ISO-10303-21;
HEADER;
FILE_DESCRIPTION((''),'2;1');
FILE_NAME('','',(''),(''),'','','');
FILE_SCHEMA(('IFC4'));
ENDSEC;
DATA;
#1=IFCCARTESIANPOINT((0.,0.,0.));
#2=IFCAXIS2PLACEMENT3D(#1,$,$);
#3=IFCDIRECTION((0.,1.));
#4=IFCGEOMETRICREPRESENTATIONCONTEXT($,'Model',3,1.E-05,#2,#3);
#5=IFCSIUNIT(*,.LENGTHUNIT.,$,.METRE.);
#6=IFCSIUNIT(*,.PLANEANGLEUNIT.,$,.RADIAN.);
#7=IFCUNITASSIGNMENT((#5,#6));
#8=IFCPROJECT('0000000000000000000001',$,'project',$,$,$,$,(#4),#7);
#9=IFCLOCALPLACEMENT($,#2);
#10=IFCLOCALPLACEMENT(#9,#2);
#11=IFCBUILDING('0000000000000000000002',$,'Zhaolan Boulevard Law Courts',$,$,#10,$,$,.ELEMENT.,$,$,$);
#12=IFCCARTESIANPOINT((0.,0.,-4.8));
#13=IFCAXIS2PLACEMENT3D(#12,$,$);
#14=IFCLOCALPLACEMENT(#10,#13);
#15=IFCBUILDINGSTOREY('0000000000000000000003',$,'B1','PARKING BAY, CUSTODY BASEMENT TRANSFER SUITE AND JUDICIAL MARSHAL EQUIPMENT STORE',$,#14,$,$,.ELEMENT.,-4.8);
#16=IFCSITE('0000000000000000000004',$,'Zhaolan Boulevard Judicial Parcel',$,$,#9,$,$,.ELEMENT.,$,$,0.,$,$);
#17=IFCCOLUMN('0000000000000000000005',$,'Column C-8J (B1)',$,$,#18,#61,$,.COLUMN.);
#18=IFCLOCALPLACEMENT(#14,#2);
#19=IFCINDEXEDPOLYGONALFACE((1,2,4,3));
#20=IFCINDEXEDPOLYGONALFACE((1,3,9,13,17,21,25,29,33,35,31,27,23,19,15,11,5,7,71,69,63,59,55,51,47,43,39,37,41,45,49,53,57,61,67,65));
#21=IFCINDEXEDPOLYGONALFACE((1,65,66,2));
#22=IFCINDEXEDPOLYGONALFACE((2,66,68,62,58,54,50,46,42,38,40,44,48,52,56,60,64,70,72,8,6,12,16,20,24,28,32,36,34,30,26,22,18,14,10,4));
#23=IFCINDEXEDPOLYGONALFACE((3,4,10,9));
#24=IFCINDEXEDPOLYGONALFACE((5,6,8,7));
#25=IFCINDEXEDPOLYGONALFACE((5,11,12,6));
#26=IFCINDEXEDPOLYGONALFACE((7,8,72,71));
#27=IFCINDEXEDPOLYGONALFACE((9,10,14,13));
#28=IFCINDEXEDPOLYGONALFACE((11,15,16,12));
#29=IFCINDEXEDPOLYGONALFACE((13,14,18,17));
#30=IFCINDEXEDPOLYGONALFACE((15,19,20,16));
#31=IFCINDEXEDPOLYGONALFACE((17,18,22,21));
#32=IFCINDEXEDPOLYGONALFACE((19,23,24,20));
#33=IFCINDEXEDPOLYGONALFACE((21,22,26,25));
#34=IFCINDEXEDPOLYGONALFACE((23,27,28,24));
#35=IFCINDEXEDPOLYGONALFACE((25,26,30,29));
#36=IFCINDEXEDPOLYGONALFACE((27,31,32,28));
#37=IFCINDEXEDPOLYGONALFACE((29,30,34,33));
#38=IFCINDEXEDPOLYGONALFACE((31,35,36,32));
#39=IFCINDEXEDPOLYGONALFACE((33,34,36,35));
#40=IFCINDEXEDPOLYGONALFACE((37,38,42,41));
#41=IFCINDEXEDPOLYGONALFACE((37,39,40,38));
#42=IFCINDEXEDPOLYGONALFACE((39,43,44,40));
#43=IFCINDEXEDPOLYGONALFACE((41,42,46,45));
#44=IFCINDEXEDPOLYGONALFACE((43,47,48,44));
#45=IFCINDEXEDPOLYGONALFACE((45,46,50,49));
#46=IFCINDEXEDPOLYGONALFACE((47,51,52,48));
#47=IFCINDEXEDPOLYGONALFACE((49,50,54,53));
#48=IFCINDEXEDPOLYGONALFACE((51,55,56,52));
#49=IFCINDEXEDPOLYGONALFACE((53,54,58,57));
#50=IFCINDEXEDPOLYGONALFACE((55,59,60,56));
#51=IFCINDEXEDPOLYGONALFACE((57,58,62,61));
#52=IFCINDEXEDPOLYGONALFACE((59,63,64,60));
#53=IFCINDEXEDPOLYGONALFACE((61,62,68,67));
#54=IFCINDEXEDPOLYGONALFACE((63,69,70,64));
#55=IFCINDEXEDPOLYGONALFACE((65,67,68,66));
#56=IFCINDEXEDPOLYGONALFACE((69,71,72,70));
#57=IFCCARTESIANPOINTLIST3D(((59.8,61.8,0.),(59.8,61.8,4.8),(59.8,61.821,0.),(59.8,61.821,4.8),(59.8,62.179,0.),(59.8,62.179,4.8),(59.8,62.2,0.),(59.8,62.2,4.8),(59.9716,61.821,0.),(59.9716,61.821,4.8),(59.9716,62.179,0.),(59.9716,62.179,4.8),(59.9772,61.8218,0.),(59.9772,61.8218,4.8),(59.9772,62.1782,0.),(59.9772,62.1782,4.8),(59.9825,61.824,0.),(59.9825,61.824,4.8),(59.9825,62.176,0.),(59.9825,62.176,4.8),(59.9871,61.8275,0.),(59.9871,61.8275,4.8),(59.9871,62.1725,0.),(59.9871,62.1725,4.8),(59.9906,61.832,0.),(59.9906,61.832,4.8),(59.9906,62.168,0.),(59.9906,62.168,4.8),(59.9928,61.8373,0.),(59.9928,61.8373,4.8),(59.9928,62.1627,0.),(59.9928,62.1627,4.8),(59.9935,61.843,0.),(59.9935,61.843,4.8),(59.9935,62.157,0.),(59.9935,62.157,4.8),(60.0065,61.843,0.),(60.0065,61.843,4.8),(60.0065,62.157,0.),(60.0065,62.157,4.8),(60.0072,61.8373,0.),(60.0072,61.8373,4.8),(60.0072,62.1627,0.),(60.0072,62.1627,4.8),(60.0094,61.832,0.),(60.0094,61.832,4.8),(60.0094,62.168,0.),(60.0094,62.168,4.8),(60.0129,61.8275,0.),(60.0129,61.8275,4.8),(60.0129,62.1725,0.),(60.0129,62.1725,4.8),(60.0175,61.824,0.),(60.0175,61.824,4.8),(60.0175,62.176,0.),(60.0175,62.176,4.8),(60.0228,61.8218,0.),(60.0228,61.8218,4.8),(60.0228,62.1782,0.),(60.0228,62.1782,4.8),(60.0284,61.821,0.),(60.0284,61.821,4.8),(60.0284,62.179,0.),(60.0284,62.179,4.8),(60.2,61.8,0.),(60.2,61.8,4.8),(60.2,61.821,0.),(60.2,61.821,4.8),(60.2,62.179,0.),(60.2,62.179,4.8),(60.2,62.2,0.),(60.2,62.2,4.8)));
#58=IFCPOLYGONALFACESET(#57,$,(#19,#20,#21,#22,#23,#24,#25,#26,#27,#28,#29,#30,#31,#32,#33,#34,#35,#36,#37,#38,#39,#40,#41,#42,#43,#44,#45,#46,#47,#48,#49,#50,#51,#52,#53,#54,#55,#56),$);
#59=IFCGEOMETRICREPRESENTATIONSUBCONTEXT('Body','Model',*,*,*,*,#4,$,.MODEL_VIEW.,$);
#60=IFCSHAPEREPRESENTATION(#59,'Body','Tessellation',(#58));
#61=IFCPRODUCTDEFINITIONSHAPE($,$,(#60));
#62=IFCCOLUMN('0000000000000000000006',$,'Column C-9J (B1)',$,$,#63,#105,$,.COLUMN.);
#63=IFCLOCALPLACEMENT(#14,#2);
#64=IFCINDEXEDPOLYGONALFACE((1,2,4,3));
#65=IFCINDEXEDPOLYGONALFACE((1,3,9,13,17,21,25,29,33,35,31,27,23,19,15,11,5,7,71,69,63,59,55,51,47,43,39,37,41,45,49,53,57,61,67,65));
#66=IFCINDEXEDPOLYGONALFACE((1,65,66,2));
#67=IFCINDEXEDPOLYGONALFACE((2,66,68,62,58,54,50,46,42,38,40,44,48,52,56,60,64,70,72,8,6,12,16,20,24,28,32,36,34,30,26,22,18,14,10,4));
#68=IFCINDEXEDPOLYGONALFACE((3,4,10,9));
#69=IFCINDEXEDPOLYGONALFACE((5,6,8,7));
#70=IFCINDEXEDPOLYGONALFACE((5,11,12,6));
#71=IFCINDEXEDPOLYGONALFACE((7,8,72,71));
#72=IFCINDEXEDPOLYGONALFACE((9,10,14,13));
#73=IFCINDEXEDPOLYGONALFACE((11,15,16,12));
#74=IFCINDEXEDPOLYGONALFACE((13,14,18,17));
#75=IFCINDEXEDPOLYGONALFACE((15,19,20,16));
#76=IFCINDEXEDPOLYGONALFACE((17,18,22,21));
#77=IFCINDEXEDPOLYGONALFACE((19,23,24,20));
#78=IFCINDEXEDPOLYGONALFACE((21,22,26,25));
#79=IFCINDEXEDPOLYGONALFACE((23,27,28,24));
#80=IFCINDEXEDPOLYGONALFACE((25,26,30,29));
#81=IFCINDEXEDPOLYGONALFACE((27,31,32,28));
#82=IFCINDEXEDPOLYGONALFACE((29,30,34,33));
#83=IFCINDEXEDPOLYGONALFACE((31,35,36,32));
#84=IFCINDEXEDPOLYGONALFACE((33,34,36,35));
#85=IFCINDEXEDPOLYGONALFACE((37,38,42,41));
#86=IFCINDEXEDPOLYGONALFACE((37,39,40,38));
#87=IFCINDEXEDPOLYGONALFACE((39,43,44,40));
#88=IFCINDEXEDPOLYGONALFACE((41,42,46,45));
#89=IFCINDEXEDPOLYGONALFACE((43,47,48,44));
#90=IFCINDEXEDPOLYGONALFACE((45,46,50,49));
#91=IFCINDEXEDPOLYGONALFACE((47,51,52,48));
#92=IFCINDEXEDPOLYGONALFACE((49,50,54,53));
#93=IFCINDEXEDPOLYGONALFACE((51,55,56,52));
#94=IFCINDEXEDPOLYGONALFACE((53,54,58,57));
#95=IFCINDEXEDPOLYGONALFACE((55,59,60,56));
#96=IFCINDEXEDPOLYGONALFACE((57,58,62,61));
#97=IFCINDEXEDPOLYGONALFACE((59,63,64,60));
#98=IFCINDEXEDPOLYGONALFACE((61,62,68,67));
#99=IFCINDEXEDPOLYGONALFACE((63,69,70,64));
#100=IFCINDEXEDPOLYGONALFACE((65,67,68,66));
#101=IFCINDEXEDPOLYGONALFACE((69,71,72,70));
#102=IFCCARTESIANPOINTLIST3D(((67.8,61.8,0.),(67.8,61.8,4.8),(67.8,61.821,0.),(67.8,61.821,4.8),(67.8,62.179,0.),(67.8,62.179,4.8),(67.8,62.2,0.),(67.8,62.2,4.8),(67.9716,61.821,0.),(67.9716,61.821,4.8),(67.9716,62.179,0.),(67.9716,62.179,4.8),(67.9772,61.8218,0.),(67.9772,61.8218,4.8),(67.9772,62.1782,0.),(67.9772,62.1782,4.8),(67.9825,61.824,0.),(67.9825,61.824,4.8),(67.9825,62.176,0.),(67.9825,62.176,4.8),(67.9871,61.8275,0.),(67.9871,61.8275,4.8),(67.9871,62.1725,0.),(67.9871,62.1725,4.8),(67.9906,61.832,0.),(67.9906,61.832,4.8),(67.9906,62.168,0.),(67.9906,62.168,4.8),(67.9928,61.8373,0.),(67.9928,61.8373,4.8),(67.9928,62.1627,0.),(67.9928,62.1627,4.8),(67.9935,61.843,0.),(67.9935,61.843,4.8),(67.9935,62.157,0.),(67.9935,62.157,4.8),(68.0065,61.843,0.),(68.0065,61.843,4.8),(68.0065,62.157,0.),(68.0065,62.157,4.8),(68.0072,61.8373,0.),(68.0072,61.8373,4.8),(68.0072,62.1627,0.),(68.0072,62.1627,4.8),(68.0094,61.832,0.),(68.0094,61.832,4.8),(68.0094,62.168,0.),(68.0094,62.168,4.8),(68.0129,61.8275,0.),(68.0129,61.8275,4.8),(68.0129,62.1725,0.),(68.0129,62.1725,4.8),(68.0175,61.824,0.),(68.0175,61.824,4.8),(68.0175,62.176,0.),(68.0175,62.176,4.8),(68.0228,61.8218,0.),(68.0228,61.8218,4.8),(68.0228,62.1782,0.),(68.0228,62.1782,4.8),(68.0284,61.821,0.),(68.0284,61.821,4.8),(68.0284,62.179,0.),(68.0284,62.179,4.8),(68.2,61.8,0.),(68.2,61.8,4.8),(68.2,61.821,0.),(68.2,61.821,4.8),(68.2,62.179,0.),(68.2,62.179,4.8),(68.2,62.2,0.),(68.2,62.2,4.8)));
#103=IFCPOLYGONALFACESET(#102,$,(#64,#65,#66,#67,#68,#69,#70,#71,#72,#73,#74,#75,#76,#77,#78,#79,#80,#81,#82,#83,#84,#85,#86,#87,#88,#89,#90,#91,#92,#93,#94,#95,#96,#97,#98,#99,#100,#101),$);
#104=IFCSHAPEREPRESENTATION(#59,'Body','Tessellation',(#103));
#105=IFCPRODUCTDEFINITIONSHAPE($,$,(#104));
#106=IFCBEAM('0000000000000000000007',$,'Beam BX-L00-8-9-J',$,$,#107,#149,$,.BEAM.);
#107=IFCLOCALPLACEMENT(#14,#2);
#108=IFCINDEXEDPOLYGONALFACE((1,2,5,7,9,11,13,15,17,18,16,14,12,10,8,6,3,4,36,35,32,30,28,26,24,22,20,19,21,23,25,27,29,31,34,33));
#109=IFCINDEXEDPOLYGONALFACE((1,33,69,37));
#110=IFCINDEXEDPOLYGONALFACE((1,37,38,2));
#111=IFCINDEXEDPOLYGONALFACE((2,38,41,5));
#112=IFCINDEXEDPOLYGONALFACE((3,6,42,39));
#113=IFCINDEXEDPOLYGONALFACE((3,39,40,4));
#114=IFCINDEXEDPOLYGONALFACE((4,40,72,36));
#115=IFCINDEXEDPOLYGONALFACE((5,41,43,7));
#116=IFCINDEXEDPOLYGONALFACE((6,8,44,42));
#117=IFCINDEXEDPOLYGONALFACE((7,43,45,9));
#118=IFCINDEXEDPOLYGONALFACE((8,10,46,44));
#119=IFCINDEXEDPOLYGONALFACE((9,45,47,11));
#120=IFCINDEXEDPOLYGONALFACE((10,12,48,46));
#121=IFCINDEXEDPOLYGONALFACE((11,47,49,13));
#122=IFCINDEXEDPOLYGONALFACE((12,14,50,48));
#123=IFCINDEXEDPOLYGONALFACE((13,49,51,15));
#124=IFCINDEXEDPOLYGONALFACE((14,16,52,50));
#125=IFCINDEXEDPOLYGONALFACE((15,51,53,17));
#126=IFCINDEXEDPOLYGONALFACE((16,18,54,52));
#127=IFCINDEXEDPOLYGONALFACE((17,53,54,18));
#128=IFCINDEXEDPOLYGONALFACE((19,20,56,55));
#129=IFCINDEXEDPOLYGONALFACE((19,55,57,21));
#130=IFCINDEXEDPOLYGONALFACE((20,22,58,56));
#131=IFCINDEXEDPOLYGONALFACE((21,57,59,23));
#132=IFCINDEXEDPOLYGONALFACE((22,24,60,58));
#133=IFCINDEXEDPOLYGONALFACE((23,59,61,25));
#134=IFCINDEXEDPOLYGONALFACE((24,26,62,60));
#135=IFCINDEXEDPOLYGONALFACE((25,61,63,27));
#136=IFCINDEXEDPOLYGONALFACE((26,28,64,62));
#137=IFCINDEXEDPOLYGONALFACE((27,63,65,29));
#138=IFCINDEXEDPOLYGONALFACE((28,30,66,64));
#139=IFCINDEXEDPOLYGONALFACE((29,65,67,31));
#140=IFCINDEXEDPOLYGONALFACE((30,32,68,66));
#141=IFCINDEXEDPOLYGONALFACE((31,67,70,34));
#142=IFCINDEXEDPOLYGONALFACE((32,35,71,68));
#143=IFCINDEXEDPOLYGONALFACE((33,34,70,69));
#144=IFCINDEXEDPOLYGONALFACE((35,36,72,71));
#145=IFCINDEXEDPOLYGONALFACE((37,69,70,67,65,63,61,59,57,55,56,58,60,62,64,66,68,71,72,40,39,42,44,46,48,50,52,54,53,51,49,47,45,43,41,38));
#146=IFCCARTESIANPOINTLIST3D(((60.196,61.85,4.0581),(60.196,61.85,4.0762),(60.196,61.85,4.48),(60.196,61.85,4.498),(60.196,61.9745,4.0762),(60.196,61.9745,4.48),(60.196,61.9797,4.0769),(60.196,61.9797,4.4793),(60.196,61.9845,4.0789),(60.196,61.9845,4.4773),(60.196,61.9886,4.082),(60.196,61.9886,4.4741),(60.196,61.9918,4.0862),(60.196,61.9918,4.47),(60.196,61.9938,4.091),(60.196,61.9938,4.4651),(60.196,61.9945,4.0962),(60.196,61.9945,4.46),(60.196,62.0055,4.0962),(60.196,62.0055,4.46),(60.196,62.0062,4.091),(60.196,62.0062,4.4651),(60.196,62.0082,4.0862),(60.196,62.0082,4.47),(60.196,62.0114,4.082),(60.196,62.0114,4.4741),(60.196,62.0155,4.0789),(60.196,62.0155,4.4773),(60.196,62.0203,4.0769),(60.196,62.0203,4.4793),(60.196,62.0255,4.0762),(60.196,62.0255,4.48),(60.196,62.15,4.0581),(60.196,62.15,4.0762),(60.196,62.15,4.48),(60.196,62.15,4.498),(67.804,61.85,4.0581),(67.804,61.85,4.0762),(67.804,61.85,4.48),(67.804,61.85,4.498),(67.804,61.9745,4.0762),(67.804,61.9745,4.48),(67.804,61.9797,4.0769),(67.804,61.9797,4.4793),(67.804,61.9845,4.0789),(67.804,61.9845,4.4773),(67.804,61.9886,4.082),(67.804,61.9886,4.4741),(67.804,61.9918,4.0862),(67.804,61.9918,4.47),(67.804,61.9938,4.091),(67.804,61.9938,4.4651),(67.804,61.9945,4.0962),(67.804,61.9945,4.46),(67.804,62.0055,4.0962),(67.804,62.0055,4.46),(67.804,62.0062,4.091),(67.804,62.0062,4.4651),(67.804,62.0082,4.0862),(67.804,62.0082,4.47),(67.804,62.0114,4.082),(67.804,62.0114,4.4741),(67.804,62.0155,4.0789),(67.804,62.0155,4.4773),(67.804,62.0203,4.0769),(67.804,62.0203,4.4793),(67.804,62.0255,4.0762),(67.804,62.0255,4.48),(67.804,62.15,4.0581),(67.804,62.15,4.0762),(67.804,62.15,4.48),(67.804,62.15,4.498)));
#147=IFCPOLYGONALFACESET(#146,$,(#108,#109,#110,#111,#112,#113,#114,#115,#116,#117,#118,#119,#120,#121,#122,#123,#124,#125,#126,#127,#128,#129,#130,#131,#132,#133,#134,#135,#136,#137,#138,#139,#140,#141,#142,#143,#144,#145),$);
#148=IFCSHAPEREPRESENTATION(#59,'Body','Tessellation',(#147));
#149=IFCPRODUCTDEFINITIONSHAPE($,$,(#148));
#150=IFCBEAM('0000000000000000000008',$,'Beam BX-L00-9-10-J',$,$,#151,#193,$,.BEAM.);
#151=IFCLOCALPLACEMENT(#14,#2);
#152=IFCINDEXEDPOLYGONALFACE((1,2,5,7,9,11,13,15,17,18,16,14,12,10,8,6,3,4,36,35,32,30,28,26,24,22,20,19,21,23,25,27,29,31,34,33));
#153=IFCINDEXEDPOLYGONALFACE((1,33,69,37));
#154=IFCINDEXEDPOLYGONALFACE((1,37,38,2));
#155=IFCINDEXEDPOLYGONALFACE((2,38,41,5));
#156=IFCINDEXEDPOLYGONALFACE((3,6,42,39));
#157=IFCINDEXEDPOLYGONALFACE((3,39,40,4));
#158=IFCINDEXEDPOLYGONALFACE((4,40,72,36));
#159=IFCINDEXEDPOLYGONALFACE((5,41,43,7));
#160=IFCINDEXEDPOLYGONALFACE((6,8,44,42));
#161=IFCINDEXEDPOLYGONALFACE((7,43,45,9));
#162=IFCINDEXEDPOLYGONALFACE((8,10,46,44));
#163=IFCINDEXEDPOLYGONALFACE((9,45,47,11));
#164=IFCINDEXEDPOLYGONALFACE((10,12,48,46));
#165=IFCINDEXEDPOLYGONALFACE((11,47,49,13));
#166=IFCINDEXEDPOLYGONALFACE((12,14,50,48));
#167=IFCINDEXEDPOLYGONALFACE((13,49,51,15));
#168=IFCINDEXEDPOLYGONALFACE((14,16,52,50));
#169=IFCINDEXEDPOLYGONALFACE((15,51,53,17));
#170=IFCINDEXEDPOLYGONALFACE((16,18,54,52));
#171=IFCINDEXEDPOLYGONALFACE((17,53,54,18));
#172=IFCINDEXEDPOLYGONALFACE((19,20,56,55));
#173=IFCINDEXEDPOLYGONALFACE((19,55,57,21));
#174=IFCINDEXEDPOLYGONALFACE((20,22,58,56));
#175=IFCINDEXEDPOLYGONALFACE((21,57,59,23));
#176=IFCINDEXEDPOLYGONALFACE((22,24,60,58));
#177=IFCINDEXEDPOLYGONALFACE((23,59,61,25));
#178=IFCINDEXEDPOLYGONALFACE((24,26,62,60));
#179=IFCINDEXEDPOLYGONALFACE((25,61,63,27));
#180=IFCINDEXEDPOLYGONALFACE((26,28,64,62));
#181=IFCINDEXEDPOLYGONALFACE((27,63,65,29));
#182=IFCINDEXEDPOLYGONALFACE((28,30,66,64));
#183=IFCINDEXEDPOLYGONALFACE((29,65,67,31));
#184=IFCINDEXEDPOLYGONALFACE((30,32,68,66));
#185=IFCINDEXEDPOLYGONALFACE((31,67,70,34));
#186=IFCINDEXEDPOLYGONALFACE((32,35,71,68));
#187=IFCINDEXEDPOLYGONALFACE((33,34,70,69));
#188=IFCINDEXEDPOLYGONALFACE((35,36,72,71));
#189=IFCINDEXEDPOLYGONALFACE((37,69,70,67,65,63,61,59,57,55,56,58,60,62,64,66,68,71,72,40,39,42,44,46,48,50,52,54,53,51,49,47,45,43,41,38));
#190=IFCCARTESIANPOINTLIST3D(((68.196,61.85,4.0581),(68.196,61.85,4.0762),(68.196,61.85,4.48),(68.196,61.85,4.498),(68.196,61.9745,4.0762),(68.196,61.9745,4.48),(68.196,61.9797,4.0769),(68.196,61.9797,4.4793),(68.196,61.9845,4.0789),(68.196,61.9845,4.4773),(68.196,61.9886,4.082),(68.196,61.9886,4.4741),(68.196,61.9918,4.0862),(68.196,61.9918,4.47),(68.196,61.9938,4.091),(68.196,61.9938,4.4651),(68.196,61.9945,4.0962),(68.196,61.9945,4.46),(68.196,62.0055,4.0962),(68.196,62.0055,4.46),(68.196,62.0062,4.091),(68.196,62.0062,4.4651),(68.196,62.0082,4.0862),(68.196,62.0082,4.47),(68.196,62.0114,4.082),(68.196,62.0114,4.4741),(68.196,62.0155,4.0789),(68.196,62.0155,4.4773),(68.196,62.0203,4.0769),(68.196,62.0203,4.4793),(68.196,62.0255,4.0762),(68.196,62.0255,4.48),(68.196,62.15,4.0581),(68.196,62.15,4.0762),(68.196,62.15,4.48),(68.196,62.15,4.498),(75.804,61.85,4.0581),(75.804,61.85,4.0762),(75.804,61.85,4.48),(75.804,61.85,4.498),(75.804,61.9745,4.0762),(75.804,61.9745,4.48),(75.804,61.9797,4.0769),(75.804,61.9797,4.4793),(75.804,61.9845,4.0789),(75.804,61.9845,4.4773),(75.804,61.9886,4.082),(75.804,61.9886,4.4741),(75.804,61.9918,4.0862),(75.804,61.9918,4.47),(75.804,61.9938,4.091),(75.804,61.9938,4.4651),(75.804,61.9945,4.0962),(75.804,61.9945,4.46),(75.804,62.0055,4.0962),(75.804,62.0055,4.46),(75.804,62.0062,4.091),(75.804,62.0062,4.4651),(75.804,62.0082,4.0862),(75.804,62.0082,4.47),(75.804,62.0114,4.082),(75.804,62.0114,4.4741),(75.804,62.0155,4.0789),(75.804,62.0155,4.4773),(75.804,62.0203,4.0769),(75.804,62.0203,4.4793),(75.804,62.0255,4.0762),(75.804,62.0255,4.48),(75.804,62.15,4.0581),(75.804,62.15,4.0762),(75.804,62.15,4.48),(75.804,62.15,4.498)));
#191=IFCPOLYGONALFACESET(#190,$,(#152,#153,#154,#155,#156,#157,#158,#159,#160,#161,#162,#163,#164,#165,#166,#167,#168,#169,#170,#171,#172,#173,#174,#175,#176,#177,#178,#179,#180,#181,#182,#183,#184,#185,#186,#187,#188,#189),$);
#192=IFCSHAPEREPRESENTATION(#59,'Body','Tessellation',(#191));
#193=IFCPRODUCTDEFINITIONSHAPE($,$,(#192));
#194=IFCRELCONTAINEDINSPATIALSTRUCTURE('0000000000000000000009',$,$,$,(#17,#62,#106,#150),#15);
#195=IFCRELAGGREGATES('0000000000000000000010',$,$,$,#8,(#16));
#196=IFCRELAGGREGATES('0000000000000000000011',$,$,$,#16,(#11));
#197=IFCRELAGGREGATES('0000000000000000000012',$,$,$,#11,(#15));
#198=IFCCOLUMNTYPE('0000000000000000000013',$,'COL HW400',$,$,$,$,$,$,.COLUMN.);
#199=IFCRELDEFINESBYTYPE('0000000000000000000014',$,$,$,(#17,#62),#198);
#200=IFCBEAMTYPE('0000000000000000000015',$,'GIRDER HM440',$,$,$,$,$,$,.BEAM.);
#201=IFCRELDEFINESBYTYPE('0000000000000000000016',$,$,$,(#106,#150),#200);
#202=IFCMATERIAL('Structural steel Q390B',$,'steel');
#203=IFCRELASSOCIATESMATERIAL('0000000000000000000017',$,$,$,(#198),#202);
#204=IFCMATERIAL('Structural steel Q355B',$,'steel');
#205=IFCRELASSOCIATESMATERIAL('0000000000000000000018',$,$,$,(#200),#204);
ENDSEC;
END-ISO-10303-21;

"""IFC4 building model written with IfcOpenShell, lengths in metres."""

from ifc_helpers import new_model, si_unit, direction, frame, origin, origin_2d, place, context, subcontext, project, spatial, i_section, extrude, material, material_profile, profile_set, type_object, element, save


model = new_model("IFC4")

# Units and contexts
model_context = context("Model", 3, precision=1e-05, world=origin(), true_north=direction((0.0, 1.0)))
body_context = subcontext(model_context, "Body", "Model", "MODEL_VIEW")
ifc_project = project(units=[si_unit("LENGTHUNIT", "METRE"), si_unit("PLANEANGLEUNIT", "RADIAN")], contexts=[model_context])

# Site, building, storey
site_placement = place(None, origin())
site = spatial("IfcSite", under=ifc_project, at=site_placement, Name="Zhaolan Boulevard Judicial Parcel", CompositionType="ELEMENT", RefElevation=0.0)
building_placement = place(site_placement, origin())
building = spatial("IfcBuilding", under=site, at=building_placement, Name="Zhaolan Boulevard Law Courts", CompositionType="ELEMENT")
storey_placement = place(building_placement, frame((0.0, 0.0, -4.8)))
storey = spatial("IfcBuildingStorey", under=building, at=storey_placement, Name="B1", Description="PARKING BAY, CUSTODY BASEMENT TRANSFER SUITE AND JUDICIAL MARSHAL EQUIPMENT STORE", CompositionType="ELEMENT", Elevation=-4.8)

# Columns
ifc_material_1 = material(Name="Structural steel Q390B", Category="steel")
ifc_material_profile_1 = material_profile(ifc_material_1, i_section(OverallWidth=0.3999, OverallDepth=0.3999, WebThickness=0.0129, FlangeThickness=0.021, FilletRadius=0.022, at=origin_2d()), Name="HW400x400")
ifc_profile_set_1 = profile_set([ifc_material_profile_1], Name="Structural steel Q390B")
column_type_1 = type_object("IfcColumnType", Name="COL HW400", PredefinedType="COLUMN", material=ifc_profile_set_1)
for number, where, z_axis, x_axis, name in (
    (1, (60.0, 62.0, 0.0), (0.0, 0.0, 1.0), (1.0, 0.0, 0.0), "Column C-8J (B1)"),
    (2, (68.0, 62.0, 0.0), (0.0, 0.0, 1.0), (1.0, 0.0, 0.0), "Column C-9J (B1)"),
):
    element("IfcColumn", number, at=place(storey_placement, frame(where, z_axis=z_axis, x_axis=x_axis)), inside=storey, type_object=column_type_1, Name=name, PredefinedType="COLUMN", context=body_context, shape_type="SweptSolid", body=[
        extrude(i_section(OverallWidth=0.3999, OverallDepth=0.3999, WebThickness=0.0129, FlangeThickness=0.021, FilletRadius=0.022, at=origin_2d()), origin(), (0.0, 0.0, 1.0), 4.8),
    ])

# Beams
ifc_material_2 = material(Name="Structural steel Q355B", Category="steel")
ifc_material_profile_2 = material_profile(ifc_material_2, i_section(OverallWidth=0.3, OverallDepth=0.4399, WebThickness=0.011, FlangeThickness=0.0181, FilletRadius=0.02, at=origin_2d()), Name="HM440x300")
ifc_profile_set_2 = profile_set([ifc_material_profile_2], Name="Structural steel Q355B")
beam_type_1 = type_object("IfcBeamType", Name="GIRDER HM440", PredefinedType="BEAM", material=ifc_profile_set_2)
for number, where, z_axis, x_axis, name in (
    (3, (60.196, 62.0, 4.2781), (1.0, 0.0, 0.0), (0.0, 1.0, 0.0), "Beam BX-L00-8-9-J"),
    (4, (68.196, 62.0, 4.2781), (1.0, 0.0, 0.0), (0.0, 1.0, 0.0), "Beam BX-L00-9-10-J"),
):
    element("IfcBeam", number, at=place(storey_placement, frame(where, z_axis=z_axis, x_axis=x_axis)), inside=storey, type_object=beam_type_1, Name=name, PredefinedType="BEAM", context=body_context, shape_type="SweptSolid", body=[
        extrude(i_section(OverallWidth=0.3, OverallDepth=0.4399, WebThickness=0.011, FlangeThickness=0.0181, FilletRadius=0.02, at=origin_2d()), origin(), (0.0, 0.0, 1.0), 7.6079),
    ])

save(model, "model.ifc")
